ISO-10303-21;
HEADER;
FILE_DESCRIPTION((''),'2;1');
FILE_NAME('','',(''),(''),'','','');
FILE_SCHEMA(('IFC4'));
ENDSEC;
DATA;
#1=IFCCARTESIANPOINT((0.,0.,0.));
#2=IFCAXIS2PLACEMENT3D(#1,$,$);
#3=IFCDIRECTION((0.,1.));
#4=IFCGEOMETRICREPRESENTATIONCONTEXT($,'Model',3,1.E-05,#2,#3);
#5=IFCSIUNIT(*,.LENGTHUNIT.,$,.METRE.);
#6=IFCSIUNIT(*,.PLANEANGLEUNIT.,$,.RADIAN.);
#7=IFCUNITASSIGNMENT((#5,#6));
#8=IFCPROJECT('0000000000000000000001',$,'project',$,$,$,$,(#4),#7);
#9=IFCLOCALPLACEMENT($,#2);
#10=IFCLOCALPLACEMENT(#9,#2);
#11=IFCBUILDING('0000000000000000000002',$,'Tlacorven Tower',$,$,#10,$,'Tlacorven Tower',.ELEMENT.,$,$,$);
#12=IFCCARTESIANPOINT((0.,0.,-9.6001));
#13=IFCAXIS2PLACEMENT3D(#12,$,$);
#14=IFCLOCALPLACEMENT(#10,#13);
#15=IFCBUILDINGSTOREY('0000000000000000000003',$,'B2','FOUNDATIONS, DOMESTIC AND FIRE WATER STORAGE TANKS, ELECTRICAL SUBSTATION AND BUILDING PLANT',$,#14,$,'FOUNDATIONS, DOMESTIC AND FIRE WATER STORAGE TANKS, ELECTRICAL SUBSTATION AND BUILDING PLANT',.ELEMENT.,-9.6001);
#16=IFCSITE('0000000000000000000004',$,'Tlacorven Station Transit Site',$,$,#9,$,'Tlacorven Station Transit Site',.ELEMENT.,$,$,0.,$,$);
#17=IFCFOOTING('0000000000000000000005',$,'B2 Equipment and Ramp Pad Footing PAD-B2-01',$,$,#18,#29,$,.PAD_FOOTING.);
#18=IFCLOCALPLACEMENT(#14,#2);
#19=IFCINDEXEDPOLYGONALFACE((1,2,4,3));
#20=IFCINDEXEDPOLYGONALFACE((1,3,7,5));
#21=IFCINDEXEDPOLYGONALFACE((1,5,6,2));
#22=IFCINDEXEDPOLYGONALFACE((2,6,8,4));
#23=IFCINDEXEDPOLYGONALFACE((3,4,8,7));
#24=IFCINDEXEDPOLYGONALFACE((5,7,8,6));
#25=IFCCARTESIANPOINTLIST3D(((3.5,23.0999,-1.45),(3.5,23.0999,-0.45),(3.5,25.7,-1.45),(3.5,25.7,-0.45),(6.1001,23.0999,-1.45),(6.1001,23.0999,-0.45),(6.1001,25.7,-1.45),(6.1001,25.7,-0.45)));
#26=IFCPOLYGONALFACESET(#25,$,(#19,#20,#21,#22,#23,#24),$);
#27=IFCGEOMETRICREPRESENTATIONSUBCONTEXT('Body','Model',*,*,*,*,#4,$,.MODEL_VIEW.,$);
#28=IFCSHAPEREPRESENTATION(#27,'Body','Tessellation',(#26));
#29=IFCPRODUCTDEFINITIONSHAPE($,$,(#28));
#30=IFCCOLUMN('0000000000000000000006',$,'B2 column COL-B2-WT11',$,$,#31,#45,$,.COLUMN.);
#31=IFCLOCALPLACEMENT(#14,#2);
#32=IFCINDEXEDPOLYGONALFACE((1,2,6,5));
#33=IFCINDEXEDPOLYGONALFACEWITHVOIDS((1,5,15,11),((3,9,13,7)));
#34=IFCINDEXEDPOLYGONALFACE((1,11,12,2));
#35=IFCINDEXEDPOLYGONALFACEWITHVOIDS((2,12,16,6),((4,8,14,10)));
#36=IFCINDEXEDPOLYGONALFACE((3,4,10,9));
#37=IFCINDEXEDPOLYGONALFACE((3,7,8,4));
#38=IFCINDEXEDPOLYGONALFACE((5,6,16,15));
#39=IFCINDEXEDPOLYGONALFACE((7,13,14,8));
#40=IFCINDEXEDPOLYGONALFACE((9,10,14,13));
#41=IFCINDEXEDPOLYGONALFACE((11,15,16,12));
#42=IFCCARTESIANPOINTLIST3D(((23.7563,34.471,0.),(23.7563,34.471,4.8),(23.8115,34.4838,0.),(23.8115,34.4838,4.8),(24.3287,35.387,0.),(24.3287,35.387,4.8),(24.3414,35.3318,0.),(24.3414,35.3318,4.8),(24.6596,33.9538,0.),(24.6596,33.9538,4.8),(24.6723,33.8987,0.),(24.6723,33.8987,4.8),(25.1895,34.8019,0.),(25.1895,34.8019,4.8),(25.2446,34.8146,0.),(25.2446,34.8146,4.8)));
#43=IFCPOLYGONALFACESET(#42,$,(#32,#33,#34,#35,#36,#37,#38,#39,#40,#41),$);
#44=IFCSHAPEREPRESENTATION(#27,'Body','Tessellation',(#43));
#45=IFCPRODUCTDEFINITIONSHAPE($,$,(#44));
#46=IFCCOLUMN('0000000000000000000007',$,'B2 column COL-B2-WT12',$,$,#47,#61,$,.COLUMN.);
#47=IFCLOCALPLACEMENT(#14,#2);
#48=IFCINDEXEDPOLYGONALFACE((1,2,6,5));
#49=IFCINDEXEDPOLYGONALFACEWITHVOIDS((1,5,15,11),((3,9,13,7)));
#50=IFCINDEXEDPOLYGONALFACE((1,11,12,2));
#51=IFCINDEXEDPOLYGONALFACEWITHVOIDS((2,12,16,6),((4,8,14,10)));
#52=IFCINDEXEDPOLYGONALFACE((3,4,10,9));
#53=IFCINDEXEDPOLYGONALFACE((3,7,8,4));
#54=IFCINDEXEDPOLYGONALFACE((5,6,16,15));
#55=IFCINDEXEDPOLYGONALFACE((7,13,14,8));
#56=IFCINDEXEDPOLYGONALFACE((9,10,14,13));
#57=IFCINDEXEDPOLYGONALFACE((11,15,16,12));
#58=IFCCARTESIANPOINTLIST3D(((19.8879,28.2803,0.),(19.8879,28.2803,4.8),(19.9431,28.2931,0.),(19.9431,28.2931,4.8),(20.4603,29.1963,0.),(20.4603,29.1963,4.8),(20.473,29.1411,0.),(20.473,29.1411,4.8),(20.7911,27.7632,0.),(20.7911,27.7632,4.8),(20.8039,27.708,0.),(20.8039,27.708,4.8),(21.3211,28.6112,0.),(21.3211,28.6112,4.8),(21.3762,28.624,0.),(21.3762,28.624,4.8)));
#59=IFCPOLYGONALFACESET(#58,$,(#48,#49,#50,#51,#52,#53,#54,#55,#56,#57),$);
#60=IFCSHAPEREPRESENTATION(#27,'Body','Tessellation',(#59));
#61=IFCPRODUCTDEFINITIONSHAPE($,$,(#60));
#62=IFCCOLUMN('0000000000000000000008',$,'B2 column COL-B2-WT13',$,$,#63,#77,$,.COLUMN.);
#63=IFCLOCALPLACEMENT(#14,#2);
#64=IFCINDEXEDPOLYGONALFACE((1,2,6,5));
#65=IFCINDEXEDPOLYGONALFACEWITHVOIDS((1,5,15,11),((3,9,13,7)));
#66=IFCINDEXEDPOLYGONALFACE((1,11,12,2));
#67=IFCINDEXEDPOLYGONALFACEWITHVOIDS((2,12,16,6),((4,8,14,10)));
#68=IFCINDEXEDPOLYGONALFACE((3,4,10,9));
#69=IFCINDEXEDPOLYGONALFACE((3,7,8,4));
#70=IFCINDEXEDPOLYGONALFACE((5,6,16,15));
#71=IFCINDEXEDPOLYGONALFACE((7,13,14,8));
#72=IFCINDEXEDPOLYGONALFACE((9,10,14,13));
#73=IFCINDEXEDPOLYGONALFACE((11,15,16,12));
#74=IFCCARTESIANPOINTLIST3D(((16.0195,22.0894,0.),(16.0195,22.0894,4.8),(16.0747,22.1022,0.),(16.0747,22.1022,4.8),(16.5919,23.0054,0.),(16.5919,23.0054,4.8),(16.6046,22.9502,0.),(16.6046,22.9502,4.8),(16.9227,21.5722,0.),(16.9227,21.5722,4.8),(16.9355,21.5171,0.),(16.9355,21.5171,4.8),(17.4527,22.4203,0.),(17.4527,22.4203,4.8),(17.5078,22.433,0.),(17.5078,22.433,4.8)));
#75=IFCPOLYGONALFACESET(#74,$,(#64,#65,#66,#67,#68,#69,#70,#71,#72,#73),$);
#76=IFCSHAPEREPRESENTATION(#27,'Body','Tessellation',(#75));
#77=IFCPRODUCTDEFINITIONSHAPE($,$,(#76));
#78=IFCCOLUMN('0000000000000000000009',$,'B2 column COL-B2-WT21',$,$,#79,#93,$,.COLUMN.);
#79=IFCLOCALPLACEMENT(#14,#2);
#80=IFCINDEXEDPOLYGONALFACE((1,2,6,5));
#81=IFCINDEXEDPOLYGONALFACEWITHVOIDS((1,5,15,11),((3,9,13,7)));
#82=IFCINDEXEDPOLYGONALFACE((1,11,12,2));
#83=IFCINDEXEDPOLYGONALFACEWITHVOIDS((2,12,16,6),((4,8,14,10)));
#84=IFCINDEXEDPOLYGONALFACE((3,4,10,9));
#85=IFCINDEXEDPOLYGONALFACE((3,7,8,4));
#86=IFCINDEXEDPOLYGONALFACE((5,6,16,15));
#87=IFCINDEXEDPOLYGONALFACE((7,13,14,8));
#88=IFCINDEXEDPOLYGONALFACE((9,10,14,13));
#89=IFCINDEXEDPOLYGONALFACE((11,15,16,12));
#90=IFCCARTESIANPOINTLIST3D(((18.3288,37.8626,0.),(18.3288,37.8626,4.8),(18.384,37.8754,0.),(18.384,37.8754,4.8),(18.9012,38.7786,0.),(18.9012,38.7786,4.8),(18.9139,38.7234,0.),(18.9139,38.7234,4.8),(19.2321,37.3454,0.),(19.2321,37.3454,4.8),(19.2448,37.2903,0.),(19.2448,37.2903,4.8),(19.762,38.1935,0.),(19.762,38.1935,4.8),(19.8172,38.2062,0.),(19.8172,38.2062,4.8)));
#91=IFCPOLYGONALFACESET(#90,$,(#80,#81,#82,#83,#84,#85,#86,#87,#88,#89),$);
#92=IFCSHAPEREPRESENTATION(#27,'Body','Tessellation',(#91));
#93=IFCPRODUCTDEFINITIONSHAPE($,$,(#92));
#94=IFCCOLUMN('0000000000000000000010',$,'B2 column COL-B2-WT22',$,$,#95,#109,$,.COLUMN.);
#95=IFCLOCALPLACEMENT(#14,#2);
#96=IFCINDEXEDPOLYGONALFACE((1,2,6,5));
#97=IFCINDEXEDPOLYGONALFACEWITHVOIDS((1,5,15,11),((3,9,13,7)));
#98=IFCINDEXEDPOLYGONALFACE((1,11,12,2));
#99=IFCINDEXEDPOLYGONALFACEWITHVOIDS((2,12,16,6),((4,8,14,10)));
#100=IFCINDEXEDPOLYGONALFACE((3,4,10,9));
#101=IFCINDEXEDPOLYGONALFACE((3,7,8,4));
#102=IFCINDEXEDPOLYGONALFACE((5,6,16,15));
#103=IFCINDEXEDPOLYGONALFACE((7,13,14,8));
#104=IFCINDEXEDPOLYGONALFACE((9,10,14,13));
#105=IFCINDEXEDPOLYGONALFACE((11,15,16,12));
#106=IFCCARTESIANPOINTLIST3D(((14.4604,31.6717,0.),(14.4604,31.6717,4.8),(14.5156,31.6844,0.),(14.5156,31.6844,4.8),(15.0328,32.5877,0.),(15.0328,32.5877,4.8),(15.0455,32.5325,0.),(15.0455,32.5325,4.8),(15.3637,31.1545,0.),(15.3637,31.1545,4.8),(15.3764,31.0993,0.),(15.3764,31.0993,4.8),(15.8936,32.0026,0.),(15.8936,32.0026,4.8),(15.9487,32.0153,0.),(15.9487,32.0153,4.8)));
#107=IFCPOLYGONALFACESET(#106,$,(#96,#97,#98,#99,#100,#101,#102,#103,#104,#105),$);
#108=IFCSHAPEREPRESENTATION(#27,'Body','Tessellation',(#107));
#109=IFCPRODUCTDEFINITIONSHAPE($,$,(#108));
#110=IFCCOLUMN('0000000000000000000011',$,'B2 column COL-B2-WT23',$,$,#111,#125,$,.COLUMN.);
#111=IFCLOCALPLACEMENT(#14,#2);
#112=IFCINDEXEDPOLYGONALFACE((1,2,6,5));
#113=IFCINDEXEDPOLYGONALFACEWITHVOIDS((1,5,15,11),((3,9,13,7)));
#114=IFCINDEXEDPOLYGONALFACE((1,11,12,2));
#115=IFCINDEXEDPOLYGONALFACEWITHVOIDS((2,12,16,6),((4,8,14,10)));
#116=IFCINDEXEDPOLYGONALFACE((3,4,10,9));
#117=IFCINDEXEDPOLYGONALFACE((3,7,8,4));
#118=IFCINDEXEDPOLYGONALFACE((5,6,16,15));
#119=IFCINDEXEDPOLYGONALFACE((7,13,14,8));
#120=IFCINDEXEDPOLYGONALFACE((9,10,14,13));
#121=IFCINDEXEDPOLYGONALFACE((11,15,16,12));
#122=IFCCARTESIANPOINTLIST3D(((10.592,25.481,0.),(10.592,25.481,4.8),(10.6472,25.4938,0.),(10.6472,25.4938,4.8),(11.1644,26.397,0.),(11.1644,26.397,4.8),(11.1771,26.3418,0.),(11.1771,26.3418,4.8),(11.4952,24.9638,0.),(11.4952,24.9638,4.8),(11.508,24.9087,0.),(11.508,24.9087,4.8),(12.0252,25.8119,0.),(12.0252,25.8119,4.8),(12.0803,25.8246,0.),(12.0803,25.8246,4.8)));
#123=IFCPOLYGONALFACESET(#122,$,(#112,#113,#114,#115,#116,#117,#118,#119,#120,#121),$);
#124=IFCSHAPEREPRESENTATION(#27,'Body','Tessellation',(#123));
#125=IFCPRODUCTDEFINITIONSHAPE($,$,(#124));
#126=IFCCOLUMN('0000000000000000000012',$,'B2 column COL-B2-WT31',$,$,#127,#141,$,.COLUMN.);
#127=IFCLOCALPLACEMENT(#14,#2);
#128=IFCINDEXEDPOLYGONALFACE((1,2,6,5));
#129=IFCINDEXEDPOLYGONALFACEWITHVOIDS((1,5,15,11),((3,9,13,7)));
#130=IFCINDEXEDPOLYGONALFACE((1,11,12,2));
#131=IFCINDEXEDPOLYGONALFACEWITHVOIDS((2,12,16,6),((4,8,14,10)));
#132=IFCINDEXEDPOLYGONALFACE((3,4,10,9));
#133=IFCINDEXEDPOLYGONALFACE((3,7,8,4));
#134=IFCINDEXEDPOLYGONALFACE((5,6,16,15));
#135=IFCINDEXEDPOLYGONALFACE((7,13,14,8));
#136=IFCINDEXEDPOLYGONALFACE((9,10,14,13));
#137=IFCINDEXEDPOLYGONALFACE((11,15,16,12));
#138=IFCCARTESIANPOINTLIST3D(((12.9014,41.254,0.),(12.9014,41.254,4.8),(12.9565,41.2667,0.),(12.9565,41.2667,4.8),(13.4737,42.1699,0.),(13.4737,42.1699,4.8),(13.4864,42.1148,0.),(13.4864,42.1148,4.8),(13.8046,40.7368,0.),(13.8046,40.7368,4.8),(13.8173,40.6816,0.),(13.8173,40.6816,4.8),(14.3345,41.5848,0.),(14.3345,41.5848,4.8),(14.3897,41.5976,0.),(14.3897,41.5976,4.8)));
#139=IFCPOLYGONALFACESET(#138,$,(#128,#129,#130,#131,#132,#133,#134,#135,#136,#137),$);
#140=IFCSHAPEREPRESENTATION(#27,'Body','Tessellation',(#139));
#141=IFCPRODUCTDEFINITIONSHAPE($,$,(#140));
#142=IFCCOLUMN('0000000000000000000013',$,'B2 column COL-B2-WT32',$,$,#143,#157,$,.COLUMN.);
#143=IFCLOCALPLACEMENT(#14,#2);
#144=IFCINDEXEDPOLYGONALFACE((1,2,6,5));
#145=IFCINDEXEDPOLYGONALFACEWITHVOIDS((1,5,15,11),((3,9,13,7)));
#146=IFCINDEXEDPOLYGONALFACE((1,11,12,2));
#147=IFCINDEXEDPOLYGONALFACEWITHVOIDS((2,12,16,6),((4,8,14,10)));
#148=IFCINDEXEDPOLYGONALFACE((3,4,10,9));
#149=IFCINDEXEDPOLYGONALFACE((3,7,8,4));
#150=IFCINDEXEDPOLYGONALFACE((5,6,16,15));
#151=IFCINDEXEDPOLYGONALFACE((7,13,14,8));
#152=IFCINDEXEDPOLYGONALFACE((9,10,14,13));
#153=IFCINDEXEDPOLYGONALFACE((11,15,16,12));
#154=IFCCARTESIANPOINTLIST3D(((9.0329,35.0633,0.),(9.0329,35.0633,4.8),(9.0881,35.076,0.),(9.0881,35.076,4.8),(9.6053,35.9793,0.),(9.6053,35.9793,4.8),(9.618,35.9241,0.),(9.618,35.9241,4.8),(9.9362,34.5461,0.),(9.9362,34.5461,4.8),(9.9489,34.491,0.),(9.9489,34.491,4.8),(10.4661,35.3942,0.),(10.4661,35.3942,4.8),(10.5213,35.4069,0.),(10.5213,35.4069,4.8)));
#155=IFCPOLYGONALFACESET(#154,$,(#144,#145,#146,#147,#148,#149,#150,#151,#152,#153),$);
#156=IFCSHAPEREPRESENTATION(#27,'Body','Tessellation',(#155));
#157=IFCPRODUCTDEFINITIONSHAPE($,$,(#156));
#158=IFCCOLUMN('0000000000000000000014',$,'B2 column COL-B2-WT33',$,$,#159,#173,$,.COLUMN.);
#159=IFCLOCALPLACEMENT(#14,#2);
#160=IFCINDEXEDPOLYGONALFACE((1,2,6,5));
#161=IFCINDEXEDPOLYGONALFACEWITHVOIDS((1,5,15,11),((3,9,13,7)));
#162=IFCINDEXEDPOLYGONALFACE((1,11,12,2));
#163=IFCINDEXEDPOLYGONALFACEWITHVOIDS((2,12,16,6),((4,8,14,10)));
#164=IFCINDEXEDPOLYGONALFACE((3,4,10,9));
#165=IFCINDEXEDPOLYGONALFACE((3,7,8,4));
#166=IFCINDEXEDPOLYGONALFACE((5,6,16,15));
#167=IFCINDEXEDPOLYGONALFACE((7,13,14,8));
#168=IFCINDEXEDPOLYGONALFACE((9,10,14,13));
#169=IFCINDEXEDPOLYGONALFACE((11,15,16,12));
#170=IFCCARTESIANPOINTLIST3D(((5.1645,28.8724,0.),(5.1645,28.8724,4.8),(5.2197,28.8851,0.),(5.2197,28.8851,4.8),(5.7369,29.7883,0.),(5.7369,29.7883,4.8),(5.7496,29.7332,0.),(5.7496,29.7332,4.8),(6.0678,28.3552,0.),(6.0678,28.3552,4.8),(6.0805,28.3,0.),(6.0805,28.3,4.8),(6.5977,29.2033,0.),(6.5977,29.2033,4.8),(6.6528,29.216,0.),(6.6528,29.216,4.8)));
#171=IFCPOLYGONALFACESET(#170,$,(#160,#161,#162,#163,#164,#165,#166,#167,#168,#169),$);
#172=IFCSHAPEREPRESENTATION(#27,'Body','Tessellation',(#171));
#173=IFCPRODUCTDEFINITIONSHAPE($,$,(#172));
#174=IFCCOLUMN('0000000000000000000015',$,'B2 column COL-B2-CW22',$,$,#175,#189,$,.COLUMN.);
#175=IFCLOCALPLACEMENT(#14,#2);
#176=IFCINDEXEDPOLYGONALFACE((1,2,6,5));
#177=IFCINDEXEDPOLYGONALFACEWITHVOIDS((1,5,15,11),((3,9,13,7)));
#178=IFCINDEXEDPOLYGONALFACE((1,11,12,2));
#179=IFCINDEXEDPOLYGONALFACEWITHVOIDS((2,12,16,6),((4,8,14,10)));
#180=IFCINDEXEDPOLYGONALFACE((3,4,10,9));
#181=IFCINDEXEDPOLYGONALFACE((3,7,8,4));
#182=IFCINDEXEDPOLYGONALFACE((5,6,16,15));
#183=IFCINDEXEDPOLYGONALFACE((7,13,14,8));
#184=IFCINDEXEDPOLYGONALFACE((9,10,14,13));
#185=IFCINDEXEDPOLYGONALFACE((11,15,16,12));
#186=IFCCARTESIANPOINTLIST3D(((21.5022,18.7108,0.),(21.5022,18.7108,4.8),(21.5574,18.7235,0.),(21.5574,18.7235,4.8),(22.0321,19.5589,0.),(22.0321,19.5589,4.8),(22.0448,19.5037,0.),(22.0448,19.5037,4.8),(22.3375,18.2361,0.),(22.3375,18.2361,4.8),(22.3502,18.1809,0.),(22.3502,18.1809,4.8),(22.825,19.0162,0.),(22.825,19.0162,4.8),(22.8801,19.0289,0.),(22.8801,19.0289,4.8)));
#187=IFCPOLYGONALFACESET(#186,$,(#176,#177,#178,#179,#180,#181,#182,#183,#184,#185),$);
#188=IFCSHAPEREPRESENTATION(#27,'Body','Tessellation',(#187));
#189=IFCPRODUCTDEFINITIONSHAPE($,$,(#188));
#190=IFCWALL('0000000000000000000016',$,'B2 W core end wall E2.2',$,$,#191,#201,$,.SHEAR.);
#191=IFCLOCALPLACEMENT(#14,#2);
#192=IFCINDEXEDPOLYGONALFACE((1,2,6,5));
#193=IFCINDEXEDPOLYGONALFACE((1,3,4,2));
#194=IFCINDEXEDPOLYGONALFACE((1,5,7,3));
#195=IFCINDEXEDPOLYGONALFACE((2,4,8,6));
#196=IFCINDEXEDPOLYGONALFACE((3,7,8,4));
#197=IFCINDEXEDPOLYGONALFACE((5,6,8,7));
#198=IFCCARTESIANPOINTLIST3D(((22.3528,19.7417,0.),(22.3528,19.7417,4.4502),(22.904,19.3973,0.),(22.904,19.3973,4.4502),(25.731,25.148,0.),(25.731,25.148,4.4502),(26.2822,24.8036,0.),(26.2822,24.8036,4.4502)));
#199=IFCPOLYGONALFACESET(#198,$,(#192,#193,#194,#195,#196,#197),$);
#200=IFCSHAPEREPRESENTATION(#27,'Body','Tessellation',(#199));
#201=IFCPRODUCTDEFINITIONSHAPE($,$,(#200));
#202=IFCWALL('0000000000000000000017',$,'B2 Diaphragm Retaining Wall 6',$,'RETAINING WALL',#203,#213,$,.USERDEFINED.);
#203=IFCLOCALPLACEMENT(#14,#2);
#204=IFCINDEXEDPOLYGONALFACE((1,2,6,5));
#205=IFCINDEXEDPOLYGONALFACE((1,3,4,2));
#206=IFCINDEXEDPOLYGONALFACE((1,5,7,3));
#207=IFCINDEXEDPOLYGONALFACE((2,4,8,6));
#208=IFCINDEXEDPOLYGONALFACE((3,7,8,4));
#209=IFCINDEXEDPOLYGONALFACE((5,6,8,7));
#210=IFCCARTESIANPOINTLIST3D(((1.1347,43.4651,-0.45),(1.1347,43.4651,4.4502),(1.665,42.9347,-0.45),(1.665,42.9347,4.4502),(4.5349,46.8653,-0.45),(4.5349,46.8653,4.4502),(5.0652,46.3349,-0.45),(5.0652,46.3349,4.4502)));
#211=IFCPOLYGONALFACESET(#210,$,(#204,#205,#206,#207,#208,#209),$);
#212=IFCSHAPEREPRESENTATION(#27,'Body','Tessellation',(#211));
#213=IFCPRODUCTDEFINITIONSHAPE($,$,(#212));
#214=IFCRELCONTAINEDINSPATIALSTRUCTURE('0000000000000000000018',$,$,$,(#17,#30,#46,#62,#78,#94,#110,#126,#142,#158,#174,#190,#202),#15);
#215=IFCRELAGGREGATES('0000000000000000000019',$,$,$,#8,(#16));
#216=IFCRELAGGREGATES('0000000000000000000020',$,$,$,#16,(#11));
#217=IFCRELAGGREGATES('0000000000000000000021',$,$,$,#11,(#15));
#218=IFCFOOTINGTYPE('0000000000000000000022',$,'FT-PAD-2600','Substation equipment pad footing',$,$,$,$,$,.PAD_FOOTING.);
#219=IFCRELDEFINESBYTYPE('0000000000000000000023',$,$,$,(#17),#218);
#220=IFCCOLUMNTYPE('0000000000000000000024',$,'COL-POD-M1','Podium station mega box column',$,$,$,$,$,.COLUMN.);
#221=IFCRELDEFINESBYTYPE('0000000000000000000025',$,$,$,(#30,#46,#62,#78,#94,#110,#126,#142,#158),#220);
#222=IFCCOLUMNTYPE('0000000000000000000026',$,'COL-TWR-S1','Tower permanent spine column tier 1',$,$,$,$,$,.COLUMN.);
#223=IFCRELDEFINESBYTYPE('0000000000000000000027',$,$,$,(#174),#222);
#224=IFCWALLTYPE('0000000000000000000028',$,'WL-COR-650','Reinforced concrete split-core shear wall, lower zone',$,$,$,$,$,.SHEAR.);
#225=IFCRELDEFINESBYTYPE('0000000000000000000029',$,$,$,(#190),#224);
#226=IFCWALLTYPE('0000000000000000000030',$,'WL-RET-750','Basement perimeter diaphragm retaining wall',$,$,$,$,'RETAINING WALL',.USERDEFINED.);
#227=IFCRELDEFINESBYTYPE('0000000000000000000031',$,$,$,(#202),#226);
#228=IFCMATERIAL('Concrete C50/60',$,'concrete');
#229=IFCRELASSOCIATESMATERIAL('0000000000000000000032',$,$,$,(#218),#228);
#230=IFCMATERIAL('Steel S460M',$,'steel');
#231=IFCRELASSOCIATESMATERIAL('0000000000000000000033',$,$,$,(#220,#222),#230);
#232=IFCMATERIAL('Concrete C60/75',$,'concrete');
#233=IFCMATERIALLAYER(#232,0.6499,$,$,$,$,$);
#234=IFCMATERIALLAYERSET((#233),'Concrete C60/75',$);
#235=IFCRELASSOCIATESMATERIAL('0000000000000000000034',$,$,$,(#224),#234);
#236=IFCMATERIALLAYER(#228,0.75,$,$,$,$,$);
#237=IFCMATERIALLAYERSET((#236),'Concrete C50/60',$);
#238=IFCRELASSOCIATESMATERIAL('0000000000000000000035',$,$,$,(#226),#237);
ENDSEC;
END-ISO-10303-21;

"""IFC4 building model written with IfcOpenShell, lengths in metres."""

from ifc_helpers import new_model, si_unit, direction, frame, frame_2d, origin, origin_2d, place, context, subcontext, project, spatial, rectangle, hollow_rectangle, extrude, source, transform, mapped, material, layer, layer_set, material_profile, profile_set, type_object, element, save


model = new_model("IFC4")

# Units and contexts
model_context = context("Model", 3, precision=1e-05, world=origin(), true_north=direction((0.0, 1.0)))
body_context = subcontext(model_context, "Body", "Model", "MODEL_VIEW")
ifc_project = project(units=[si_unit("LENGTHUNIT", "METRE"), si_unit("PLANEANGLEUNIT", "RADIAN")], contexts=[model_context])

# Site, building, storey
site_placement = place(None, origin())
site = spatial("IfcSite", under=ifc_project, at=site_placement, Name="Tlacorven Station Transit Site", LongName="Tlacorven Station Transit Site", CompositionType="ELEMENT", RefElevation=0.0)
building_placement = place(site_placement, origin())
building = spatial("IfcBuilding", under=site, at=building_placement, Name="Tlacorven Tower", LongName="Tlacorven Tower", CompositionType="ELEMENT")
storey_placement = place(building_placement, frame((0.0, 0.0, -9.6001)))
storey = spatial("IfcBuildingStorey", under=building, at=storey_placement, Name="B2", Description="FOUNDATIONS, DOMESTIC AND FIRE WATER STORAGE TANKS, ELECTRICAL SUBSTATION AND BUILDING PLANT", LongName="FOUNDATIONS, DOMESTIC AND FIRE WATER STORAGE TANKS, ELECTRICAL SUBSTATION AND BUILDING PLANT", CompositionType="ELEMENT", Elevation=-9.6001)

# Shared definitions
ifc_material_1 = material(Name="Concrete C50/60", Category="concrete")

# Footing
footing_type_1 = type_object("IfcFootingType", Name="FT-PAD-2600", Description="Substation equipment pad footing", PredefinedType="PAD_FOOTING", material=ifc_material_1)
shared_shape_1 = source(origin(), body_context, "Body", "SweptSolid", [
    extrude(rectangle(XDim=2.6001, YDim=2.6001, at=origin_2d()), origin(), (0.0, 0.0, 1.0), 1.0),
])
footing_1_placement = place(storey_placement, frame((4.8, 24.3999, -1.45), z_axis=(0.0, 0.0, 1.0), x_axis=(1.0, 0.0, 0.0)))
element("IfcFooting", 1, at=footing_1_placement, inside=storey, type_object=footing_type_1, Name="B2 Equipment and Ramp Pad Footing PAD-B2-01", PredefinedType="PAD_FOOTING", context=body_context, shape_type="MappedRepresentation", body=[
    mapped(shared_shape_1, transform((0.0, 0.0, 0.0), scale=1.0)),
])

# Columns
ifc_material_2 = material(Name="Steel S460M", Category="steel")
ifc_material_profile_1 = material_profile(ifc_material_2, hollow_rectangle(XDim=1.0801, YDim=1.0801, WallThickness=0.04, at=origin_2d()), Name="BOX 1080X1080X40")
ifc_profile_set_1 = profile_set([ifc_material_profile_1], Name="Steel S460M")
column_type_1 = type_object("IfcColumnType", Name="COL-POD-M1", Description="Podium station mega box column", PredefinedType="COLUMN", material=ifc_profile_set_1)
shared_shape_2 = source(origin(), body_context, "Body", "SweptSolid", [
    extrude(hollow_rectangle(XDim=1.0801, YDim=1.0801, WallThickness=0.04, at=origin_2d()), origin(), (0.0, 0.0, 1.0), 4.8),
])
for number, where, z_axis, x_axis, name in (
    (2, (24.5005, 34.6428, 0.0), (0.0, 0.0, 1.0), (-0.848048, 0.529919, 0.0), "B2 column COL-B2-WT11"),
    (3, (20.6321, 28.4521, 0.0), (0.0, 0.0, 1.0), (-0.848048, 0.529919, 0.0), "B2 column COL-B2-WT12"),
    (4, (16.7637, 22.2612, 0.0), (0.0, 0.0, 1.0), (-0.848048, 0.529919, 0.0), "B2 column COL-B2-WT13"),
    (5, (19.073, 38.0344, 0.0), (0.0, 0.0, 1.0), (-0.848048, 0.529919, 0.0), "B2 column COL-B2-WT21"),
    (6, (15.2046, 31.8435, 0.0), (0.0, 0.0, 1.0), (-0.848048, 0.529919, 0.0), "B2 column COL-B2-WT22"),
    (7, (11.3362, 25.6528, 0.0), (0.0, 0.0, 1.0), (-0.848048, 0.529919, 0.0), "B2 column COL-B2-WT23"),
    (8, (13.6455, 41.4258, 0.0), (0.0, 0.0, 1.0), (-0.848048, 0.529919, 0.0), "B2 column COL-B2-WT31"),
    (9, (9.7771, 35.2351, 0.0), (0.0, 0.0, 1.0), (-0.848048, 0.529919, 0.0), "B2 column COL-B2-WT32"),
    (10, (5.9087, 29.0442, 0.0), (0.0, 0.0, 1.0), (-0.848048, 0.529919, 0.0), "B2 column COL-B2-WT33"),
):
    element("IfcColumn", number, at=place(storey_placement, frame(where, z_axis=z_axis, x_axis=x_axis)), inside=storey, type_object=column_type_1, Name=name, PredefinedType="COLUMN", context=body_context, shape_type="MappedRepresentation", body=[
        mapped(shared_shape_2, transform((0.0, 0.0, 0.0), scale=1.0)),
    ])
ifc_material_profile_2 = material_profile(ifc_material_2, hollow_rectangle(XDim=1.0, YDim=1.0, WallThickness=0.04, at=origin_2d()), Name="BOX 1000X1000X40")
ifc_profile_set_2 = profile_set([ifc_material_profile_2], Name="Steel S460M")
column_type_2 = type_object("IfcColumnType", Name="COL-TWR-S1", Description="Tower permanent spine column tier 1", PredefinedType="COLUMN", material=ifc_profile_set_2)
shared_shape_3 = source(origin(), body_context, "Body", "SweptSolid", [
    extrude(hollow_rectangle(XDim=1.0, YDim=1.0, WallThickness=0.04, at=origin_2d()), origin(), (0.0, 0.0, 1.0), 4.8),
])
column_placement = place(storey_placement, frame((22.1912, 18.8699, 0.0), z_axis=(0.0, 0.0, 1.0), x_axis=(-0.848048, 0.529919, 0.0)))
element("IfcColumn", 11, at=column_placement, inside=storey, type_object=column_type_2, Name="B2 column COL-B2-CW22", PredefinedType="COLUMN", context=body_context, shape_type="MappedRepresentation", body=[
    mapped(shared_shape_3, transform((0.0, 0.0, 0.0), scale=1.0)),
])

# Walls
ifc_material_3 = material(Name="Concrete C60/75", Category="concrete")
ifc_layer_1 = layer(ifc_material_3, 0.6499)
ifc_layer_set_1 = layer_set([ifc_layer_1], Name="Concrete C60/75")
wall_type_1 = type_object("IfcWallType", Name="WL-COR-650", Description="Reinforced concrete split-core shear wall, lower zone", PredefinedType="SHEAR", material=ifc_layer_set_1)
wall_1_placement = place(storey_placement, frame((26.0066, 24.9758, 0.0), z_axis=(0.0, 0.0, 1.0), x_axis=(-0.529916, -0.84805, 0.0)))
element("IfcWall", 12, at=wall_1_placement, inside=storey, type_object=wall_type_1, Name="B2 W core end wall E2.2", PredefinedType="SHEAR", context=body_context, shape_type="SweptSolid", body=[
    extrude(rectangle(XDim=6.375, YDim=0.6499, at=frame_2d((3.1875, 0.0))), origin(), (0.0, 0.0, 1.0), 4.4502),
])
ifc_layer_2 = layer(ifc_material_1, 0.75)
ifc_layer_set_2 = layer_set([ifc_layer_2], Name="Concrete C50/60")
wall_type_2 = type_object("IfcWallType", Name="WL-RET-750", Description="Basement perimeter diaphragm retaining wall", ElementType="RETAINING WALL", PredefinedType="USERDEFINED", material=ifc_layer_set_2)
wall_2_placement = place(storey_placement, frame((4.8, 46.6001, -0.45), z_axis=(0.0, 0.0, 1.0), x_axis=(-0.707107, -0.707107, 0.0)))
element("IfcWall", 13, at=wall_2_placement, inside=storey, type_object=wall_type_2, Name="B2 Diaphragm Retaining Wall 6", ObjectType="RETAINING WALL", PredefinedType="USERDEFINED", context=body_context, shape_type="SweptSolid", body=[
    extrude(rectangle(XDim=4.8086, YDim=0.75, at=frame_2d((2.4043, 0.0))), origin(), (0.0, 0.0, 1.0), 4.9001),
])

save(model, "model.ifc")
